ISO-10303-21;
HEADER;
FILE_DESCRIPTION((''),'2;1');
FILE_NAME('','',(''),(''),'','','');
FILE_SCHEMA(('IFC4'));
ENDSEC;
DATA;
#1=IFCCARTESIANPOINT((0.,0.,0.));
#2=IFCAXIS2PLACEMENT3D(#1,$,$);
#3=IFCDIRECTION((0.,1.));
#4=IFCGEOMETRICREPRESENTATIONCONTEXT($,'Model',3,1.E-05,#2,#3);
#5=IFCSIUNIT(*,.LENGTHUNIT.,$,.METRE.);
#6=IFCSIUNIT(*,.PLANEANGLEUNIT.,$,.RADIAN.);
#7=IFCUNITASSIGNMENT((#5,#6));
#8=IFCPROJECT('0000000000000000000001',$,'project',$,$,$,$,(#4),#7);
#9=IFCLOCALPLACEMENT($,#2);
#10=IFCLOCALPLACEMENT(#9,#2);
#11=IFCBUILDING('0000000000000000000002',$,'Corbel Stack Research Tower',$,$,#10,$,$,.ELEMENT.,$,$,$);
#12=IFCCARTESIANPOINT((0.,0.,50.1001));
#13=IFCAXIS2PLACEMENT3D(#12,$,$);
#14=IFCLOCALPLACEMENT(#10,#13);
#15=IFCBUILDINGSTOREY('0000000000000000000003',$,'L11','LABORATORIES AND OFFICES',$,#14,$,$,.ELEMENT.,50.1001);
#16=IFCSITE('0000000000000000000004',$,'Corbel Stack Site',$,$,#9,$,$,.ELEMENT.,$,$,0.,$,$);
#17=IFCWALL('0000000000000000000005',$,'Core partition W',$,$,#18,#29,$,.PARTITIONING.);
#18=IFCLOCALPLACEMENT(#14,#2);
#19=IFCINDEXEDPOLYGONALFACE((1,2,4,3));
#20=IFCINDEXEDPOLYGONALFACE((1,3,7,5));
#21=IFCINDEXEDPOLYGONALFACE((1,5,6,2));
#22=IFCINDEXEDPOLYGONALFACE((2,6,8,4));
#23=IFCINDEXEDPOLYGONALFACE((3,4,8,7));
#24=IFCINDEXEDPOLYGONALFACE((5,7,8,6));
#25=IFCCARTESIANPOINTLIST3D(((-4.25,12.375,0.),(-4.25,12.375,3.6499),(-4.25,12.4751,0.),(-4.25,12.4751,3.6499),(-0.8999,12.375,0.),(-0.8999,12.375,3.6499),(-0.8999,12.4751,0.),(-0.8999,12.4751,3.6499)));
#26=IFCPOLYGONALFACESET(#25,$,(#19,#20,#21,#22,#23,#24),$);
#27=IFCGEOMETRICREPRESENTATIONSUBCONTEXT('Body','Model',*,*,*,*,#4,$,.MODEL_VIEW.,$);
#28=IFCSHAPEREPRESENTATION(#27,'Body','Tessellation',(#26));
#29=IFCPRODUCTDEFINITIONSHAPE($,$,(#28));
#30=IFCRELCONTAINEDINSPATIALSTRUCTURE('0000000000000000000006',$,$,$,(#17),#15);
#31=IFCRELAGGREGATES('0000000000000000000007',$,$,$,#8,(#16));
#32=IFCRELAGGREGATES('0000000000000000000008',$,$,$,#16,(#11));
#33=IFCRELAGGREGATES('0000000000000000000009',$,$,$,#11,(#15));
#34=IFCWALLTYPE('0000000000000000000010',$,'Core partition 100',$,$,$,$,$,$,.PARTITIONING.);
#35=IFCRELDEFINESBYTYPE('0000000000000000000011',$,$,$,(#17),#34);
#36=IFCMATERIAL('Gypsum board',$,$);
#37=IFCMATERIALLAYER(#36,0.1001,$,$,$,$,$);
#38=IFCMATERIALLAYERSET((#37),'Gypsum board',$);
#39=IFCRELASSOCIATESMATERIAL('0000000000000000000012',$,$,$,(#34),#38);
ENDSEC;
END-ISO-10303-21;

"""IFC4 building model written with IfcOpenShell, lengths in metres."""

from ifc_helpers import new_model, si_unit, direction, frame, frame_2d, origin, place, context, subcontext, project, spatial, rectangle, extrude, material, layer, layer_set, type_object, element, save


model = new_model("IFC4")

# Units and contexts
model_context = context("Model", 3, precision=1e-05, world=origin(), true_north=direction((0.0, 1.0)))
body_context = subcontext(model_context, "Body", "Model", "MODEL_VIEW")
ifc_project = project(units=[si_unit("LENGTHUNIT", "METRE"), si_unit("PLANEANGLEUNIT", "RADIAN")], contexts=[model_context])

# Site, building, storey
site_placement = place(None, origin())
site = spatial("IfcSite", under=ifc_project, at=site_placement, Name="Corbel Stack Site", CompositionType="ELEMENT", RefElevation=0.0)
building_placement = place(site_placement, origin())
building = spatial("IfcBuilding", under=site, at=building_placement, Name="Corbel Stack Research Tower", CompositionType="ELEMENT")
storey_placement = place(building_placement, frame((0.0, 0.0, 50.1001)))
storey = spatial("IfcBuildingStorey", under=building, at=storey_placement, Name="L11", Description="LABORATORIES AND OFFICES", CompositionType="ELEMENT", Elevation=50.1001)

# Shared definitions
ifc_material_1 = material(Name="Gypsum board")
ifc_layer_1 = layer(ifc_material_1, 0.1001)
ifc_layer_set_1 = layer_set([ifc_layer_1], Name="Gypsum board")
wall_type_1 = type_object("IfcWallType", Name="Core partition 100", PredefinedType="PARTITIONING", material=ifc_layer_set_1)

# Wall
wall_1_placement = place(storey_placement, frame((-4.25, 12.425, 0.0), z_axis=(0.0, 0.0, 1.0), x_axis=(1.0, 0.0, 0.0)))
element("IfcWall", 1, at=wall_1_placement, inside=storey, type_object=wall_type_1, Name="Core partition W", PredefinedType="PARTITIONING", context=body_context, shape_type="SweptSolid", body=[
    extrude(rectangle(XDim=3.3501, YDim=0.1001, at=frame_2d((1.675, 0.0))), origin(), (0.0, 0.0, 1.0), 3.6499),
])

save(model, "model.ifc")
